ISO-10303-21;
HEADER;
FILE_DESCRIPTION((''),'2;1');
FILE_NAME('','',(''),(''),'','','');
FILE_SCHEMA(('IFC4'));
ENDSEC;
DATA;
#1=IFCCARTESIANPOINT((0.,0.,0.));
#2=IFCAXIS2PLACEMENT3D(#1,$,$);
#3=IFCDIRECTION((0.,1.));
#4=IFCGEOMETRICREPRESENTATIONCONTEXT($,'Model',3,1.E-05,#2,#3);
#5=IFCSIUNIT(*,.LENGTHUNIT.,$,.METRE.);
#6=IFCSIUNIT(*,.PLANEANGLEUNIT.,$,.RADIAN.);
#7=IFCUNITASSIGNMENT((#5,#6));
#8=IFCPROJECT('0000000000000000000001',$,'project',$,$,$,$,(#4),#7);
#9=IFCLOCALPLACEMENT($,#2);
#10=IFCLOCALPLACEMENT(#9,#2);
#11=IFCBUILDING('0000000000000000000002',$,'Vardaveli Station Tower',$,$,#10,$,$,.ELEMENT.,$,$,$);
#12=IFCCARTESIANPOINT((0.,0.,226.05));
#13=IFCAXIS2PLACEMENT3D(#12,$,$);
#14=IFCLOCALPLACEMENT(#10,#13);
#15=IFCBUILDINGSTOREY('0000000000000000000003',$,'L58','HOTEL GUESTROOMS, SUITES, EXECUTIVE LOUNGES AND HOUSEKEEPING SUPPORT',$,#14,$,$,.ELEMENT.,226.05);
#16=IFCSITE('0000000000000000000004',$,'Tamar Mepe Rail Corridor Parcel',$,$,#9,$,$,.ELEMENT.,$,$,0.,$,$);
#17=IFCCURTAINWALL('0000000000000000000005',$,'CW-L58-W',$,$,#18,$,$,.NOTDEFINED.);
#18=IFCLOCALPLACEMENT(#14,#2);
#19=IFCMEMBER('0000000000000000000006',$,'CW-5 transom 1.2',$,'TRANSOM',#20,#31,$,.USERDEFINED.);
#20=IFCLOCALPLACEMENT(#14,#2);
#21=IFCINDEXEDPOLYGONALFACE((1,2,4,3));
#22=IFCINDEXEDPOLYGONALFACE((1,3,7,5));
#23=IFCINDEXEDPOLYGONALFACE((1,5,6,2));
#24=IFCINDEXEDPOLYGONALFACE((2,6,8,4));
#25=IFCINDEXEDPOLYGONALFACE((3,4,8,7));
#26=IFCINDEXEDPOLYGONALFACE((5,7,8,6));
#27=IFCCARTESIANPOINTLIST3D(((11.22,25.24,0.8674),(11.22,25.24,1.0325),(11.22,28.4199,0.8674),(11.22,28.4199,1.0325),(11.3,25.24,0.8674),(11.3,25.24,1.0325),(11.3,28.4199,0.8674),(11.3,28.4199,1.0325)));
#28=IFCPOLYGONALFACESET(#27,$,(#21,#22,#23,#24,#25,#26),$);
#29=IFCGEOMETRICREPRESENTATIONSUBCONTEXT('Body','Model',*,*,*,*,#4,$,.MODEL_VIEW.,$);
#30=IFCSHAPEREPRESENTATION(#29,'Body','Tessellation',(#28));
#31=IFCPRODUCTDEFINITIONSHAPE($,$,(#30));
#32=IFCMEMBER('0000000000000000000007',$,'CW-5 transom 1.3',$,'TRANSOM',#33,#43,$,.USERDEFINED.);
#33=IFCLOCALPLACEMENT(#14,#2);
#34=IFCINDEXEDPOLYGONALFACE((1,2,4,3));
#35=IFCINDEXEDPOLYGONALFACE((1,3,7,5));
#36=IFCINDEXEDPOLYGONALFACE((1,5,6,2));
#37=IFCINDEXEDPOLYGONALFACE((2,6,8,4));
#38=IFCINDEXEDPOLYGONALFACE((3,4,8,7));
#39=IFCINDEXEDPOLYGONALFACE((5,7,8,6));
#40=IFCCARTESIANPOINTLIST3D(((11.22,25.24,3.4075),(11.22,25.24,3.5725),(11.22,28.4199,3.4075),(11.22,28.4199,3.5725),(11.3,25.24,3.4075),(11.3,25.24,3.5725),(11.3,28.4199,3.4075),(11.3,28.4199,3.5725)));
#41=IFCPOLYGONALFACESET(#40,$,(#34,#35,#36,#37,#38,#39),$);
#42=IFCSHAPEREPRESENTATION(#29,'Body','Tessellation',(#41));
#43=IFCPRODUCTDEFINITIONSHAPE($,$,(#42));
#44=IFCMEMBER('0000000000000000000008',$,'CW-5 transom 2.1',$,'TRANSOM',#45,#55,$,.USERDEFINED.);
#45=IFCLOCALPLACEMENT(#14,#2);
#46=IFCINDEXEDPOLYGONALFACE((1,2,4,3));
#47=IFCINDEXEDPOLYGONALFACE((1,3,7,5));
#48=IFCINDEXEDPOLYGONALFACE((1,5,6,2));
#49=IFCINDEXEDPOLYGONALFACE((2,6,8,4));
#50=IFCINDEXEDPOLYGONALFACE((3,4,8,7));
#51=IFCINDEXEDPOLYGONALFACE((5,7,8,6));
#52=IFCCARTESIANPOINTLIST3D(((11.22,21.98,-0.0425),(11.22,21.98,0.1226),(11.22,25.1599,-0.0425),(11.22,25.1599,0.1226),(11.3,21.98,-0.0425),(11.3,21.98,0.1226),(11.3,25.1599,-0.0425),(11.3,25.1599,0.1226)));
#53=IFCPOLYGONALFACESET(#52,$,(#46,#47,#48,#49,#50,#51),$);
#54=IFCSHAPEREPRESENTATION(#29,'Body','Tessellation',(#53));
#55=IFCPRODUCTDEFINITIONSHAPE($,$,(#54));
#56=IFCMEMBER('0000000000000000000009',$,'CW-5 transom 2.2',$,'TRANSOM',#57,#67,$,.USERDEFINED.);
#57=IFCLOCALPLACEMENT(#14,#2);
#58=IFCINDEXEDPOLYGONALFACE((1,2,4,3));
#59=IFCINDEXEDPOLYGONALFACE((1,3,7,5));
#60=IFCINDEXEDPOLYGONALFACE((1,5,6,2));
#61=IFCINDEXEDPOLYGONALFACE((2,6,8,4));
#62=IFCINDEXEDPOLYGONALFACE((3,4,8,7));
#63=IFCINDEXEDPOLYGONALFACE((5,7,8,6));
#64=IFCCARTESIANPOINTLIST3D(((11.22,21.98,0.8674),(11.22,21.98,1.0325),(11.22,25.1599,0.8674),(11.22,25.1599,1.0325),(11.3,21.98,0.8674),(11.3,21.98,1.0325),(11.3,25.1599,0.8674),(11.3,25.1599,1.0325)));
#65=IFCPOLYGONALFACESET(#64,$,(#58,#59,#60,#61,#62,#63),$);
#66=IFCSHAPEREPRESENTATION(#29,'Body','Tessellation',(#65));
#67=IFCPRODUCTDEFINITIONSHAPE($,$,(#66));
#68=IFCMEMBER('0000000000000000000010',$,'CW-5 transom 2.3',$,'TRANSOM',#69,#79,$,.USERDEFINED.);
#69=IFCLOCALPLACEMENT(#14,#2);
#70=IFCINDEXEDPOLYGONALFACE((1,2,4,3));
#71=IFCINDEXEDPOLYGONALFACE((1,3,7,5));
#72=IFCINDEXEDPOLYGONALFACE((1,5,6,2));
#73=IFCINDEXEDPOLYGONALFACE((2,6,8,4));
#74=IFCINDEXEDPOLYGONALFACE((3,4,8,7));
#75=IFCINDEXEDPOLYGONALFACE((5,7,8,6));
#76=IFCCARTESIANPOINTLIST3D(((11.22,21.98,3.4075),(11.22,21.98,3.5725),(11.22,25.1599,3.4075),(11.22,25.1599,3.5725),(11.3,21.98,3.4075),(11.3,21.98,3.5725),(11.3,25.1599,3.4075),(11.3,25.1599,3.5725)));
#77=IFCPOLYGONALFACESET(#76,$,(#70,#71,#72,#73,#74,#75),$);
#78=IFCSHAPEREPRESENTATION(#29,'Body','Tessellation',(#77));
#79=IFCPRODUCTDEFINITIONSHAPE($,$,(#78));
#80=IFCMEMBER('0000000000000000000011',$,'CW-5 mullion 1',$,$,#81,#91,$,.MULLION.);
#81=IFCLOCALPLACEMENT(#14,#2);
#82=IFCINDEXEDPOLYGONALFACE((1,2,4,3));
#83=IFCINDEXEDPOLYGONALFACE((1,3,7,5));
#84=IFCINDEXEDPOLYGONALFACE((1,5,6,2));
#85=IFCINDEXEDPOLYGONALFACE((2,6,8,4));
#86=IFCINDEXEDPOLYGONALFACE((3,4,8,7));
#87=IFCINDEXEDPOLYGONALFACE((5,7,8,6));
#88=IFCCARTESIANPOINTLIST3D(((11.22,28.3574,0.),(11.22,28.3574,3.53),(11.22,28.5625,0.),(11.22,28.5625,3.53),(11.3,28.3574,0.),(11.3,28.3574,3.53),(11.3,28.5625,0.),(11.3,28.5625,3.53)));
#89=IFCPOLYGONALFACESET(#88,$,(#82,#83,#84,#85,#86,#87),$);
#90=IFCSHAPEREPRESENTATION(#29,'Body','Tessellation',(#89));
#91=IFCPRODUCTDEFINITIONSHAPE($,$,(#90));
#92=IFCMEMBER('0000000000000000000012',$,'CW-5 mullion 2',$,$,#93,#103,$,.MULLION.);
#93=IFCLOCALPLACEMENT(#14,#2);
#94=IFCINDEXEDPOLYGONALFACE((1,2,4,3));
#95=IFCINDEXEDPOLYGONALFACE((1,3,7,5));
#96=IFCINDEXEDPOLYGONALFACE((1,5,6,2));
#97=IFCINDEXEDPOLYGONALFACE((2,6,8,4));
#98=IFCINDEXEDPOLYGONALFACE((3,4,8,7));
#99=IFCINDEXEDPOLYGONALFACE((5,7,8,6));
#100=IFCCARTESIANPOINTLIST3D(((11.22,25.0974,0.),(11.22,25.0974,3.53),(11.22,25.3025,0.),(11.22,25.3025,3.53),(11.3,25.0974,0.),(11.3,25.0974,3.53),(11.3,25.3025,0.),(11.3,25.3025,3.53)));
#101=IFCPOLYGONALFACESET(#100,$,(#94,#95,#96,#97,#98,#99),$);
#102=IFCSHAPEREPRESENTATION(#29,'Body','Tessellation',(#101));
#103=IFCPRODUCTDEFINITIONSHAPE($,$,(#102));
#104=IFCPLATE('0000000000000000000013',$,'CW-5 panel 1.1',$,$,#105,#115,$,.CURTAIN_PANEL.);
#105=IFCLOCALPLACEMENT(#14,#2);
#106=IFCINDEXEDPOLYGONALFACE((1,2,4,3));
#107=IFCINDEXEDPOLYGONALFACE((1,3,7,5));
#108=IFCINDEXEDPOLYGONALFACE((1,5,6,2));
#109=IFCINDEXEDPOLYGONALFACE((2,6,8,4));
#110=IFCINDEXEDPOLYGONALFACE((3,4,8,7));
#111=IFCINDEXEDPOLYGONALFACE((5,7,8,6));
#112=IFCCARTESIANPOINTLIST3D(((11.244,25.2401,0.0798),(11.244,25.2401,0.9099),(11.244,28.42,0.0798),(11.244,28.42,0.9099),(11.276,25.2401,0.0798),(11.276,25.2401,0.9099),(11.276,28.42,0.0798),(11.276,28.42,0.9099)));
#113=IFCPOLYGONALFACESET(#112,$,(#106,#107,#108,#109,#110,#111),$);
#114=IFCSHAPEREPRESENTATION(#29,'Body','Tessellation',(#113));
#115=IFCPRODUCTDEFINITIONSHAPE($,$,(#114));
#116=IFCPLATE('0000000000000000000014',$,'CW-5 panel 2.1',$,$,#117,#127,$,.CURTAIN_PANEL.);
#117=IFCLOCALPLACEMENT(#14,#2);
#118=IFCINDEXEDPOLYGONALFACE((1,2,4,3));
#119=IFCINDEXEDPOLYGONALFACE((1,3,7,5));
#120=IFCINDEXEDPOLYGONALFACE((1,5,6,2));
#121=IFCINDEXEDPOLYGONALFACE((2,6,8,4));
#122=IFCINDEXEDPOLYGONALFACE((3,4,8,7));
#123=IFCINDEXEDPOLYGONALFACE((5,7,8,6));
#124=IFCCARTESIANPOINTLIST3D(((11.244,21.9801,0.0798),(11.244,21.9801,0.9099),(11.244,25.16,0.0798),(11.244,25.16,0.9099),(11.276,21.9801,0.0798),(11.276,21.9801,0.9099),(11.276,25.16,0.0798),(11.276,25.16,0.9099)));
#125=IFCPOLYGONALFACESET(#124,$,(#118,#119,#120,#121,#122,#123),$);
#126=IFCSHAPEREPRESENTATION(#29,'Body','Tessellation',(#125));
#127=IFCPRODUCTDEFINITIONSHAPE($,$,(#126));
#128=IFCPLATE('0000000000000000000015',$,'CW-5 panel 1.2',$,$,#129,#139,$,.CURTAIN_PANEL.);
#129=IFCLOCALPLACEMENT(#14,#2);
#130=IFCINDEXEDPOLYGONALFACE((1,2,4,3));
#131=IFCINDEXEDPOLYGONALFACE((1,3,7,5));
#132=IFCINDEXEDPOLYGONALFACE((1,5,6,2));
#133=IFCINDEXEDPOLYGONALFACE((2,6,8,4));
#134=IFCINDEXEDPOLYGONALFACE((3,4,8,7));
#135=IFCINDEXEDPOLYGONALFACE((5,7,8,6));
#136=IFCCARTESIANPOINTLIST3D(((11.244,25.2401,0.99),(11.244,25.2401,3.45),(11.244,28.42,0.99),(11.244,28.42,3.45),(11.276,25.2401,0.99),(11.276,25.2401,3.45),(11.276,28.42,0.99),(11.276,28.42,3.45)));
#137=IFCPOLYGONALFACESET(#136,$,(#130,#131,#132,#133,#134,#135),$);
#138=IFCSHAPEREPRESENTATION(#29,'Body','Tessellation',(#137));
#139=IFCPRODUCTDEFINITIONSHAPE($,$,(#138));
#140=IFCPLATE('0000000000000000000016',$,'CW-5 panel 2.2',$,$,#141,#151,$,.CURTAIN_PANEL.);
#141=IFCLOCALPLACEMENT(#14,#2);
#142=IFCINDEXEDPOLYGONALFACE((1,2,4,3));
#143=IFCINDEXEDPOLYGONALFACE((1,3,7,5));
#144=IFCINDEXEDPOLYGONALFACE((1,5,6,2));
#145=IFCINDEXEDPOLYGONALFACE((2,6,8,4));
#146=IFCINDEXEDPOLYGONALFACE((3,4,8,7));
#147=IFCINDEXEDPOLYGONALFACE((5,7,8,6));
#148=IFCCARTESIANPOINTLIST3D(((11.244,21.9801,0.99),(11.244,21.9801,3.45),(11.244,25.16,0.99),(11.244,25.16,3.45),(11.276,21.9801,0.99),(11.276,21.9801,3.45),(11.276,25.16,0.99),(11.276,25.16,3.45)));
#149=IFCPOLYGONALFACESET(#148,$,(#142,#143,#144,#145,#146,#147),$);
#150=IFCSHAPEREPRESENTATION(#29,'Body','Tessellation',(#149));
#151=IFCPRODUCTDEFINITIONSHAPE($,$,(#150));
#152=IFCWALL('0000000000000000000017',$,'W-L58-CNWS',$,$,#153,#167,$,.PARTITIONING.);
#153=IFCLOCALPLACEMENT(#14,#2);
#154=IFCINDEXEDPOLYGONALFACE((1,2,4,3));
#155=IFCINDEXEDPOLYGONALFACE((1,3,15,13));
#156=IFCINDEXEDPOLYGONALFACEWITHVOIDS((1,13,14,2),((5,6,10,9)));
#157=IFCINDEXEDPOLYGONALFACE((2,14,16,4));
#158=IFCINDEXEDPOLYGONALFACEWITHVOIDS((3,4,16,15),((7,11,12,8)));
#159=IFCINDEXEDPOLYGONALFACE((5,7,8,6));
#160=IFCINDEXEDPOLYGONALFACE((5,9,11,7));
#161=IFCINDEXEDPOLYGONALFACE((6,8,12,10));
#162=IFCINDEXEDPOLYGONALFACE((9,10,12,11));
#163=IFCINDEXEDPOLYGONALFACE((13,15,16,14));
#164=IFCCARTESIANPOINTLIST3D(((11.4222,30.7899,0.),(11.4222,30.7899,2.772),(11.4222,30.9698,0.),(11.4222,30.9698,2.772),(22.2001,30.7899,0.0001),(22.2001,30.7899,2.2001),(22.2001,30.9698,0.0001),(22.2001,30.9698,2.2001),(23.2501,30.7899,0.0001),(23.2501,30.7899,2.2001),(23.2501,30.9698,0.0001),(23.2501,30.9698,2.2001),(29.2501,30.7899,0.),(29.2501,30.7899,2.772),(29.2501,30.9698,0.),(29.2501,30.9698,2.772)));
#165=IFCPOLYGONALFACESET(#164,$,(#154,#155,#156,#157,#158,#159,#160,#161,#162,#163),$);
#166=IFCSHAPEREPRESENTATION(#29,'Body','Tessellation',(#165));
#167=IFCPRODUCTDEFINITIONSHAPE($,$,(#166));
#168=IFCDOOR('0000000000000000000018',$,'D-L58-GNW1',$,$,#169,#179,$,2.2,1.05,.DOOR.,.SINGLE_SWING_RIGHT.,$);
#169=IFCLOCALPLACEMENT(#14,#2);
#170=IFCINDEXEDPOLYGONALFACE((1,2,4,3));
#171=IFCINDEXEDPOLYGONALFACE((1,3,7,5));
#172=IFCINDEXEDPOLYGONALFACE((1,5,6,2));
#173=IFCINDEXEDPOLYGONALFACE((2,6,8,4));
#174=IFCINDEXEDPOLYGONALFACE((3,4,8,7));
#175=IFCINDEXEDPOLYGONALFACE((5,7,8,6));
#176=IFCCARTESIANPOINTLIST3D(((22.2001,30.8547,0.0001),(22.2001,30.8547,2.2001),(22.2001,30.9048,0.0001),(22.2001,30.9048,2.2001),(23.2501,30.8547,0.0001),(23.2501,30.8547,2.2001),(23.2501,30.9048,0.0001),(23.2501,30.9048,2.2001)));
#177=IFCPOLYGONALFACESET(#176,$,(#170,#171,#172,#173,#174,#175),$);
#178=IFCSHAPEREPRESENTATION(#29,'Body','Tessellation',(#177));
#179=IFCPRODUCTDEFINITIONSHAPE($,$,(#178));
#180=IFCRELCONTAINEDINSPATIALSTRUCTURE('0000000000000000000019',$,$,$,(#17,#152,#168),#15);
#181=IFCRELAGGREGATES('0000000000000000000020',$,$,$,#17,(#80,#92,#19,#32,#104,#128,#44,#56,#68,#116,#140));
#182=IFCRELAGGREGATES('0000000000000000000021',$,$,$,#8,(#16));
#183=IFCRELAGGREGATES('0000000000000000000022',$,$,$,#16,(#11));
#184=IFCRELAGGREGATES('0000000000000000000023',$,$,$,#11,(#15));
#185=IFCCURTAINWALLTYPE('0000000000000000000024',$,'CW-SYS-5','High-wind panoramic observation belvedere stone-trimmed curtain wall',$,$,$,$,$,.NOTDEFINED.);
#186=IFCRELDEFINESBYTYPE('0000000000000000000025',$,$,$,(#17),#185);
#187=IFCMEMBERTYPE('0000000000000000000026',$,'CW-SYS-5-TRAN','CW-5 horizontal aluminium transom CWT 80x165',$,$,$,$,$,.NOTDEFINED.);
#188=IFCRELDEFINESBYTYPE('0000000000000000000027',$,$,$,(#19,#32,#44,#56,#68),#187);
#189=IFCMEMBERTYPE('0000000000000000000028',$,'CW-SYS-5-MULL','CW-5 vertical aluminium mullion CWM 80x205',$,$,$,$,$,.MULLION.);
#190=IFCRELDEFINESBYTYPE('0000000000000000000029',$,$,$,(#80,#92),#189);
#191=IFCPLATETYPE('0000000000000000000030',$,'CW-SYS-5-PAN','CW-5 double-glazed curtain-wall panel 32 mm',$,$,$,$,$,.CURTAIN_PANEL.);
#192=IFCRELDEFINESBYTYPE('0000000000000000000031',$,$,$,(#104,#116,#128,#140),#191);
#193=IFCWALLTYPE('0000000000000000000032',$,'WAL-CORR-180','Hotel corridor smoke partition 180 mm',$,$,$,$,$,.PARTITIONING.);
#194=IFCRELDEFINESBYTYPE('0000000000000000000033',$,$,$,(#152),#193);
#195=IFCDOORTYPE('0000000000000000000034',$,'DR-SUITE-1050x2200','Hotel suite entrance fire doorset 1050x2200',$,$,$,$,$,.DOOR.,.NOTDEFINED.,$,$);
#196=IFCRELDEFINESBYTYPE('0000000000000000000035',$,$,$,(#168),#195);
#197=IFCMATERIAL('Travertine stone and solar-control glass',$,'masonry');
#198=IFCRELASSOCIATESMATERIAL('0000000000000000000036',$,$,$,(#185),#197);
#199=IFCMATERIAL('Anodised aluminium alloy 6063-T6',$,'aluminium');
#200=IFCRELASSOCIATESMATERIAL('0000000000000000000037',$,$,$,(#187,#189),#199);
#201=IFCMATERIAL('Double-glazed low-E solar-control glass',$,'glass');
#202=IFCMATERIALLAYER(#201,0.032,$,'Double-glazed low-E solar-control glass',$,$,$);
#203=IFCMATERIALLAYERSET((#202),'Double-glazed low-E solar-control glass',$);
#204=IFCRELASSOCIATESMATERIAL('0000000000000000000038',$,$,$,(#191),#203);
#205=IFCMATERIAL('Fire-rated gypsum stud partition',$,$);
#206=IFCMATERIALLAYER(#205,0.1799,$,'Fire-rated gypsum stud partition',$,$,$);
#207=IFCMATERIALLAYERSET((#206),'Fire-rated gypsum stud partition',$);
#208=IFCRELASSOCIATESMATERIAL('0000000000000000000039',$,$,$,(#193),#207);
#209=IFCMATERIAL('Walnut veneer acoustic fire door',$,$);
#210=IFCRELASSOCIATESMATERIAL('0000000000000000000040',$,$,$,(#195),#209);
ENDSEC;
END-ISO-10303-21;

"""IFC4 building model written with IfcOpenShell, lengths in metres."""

from ifc_helpers import new_model, si_unit, direction, frame, frame_2d, origin, origin_2d, place, context, subcontext, project, spatial, rectangle, extrude, source, transform, mapped, material, layer, layer_set, material_profile, profile_set, type_object, element, fill, aggregate, save


model = new_model("IFC4")

# Units and contexts
model_context = context("Model", 3, precision=1e-05, world=origin(), true_north=direction((0.0, 1.0)))
body_context = subcontext(model_context, "Body", "Model", "MODEL_VIEW")
ifc_project = project(units=[si_unit("LENGTHUNIT", "METRE"), si_unit("PLANEANGLEUNIT", "RADIAN")], contexts=[model_context])

# Site, building, storey
site_placement = place(None, origin())
site = spatial("IfcSite", under=ifc_project, at=site_placement, Name="Tamar Mepe Rail Corridor Parcel", CompositionType="ELEMENT", RefElevation=0.0)
building_placement = place(site_placement, origin())
building = spatial("IfcBuilding", under=site, at=building_placement, Name="Vardaveli Station Tower", CompositionType="ELEMENT")
storey_placement = place(building_placement, frame((0.0, 0.0, 226.05)))
storey = spatial("IfcBuildingStorey", under=building, at=storey_placement, Name="L58", Description="HOTEL GUESTROOMS, SUITES, EXECUTIVE LOUNGES AND HOUSEKEEPING SUPPORT", CompositionType="ELEMENT", Elevation=226.05)

# Curtain wall, members, plates
ifc_material_1 = material(Name="Travertine stone and solar-control glass", Category="masonry")
curtain_wall_type = type_object("IfcCurtainWallType", Name="CW-SYS-5", Description="High-wind panoramic observation belvedere stone-trimmed curtain wall", PredefinedType="NOTDEFINED", material=ifc_material_1)
curtain_wall_placement = place(storey_placement, origin())
curtain_wall = element("IfcCurtainWall", 1, at=curtain_wall_placement, inside=storey, type_object=curtain_wall_type, Name="CW-L58-W", PredefinedType="NOTDEFINED")
ifc_material_2 = material(Name="Anodised aluminium alloy 6063-T6", Category="aluminium")
ifc_material_profile_1 = material_profile(ifc_material_2, rectangle(XDim=0.0801, YDim=0.165, at=origin_2d()), Name="CWT 80x165")
ifc_profile_set_1 = profile_set([ifc_material_profile_1], Name="Anodised aluminium alloy 6063-T6")
member_type_1 = type_object("IfcMemberType", Name="CW-SYS-5-TRAN", Description="CW-5 horizontal aluminium transom CWT 80x165", PredefinedType="NOTDEFINED", material=ifc_profile_set_1)
shared_shape_1 = source(origin(), body_context, "Body", "SweptSolid", [
    extrude(rectangle(XDim=0.0801, YDim=0.165, at=origin_2d()), origin(), (0.0, 0.0, 1.0), 3.1799),
])
member_1_placement = place(storey_placement, frame((11.26, 28.4199, 0.95), z_axis=(0.0, -1.0, 0.0), x_axis=(1.0, 0.0, 0.0)))
member_1 = element("IfcMember", 2, at=member_1_placement, type_object=member_type_1, Name="CW-5 transom 1.2", ObjectType="TRANSOM", PredefinedType="USERDEFINED", context=body_context, shape_type="MappedRepresentation", body=[
    mapped(shared_shape_1, transform((0.0, 0.0, 0.0), scale=1.0)),
])
member_2_placement = place(storey_placement, frame((11.26, 28.4199, 3.49), z_axis=(0.0, -1.0, 0.0), x_axis=(1.0, 0.0, 0.0)))
member_2 = element("IfcMember", 3, at=member_2_placement, type_object=member_type_1, Name="CW-5 transom 1.3", ObjectType="TRANSOM", PredefinedType="USERDEFINED", context=body_context, shape_type="MappedRepresentation", body=[
    mapped(shared_shape_1, transform((0.0, 0.0, 0.0), scale=1.0)),
])
member_3_placement = place(storey_placement, frame((11.26, 25.1599, 0.04), z_axis=(0.0, -1.0, 0.0), x_axis=(1.0, 0.0, 0.0)))
member_3 = element("IfcMember", 4, at=member_3_placement, type_object=member_type_1, Name="CW-5 transom 2.1", ObjectType="TRANSOM", PredefinedType="USERDEFINED", context=body_context, shape_type="MappedRepresentation", body=[
    mapped(shared_shape_1, transform((0.0, 0.0, 0.0), scale=1.0)),
])
member_4_placement = place(storey_placement, frame((11.26, 25.1599, 0.95), z_axis=(0.0, -1.0, 0.0), x_axis=(1.0, 0.0, 0.0)))
member_4 = element("IfcMember", 5, at=member_4_placement, type_object=member_type_1, Name="CW-5 transom 2.2", ObjectType="TRANSOM", PredefinedType="USERDEFINED", context=body_context, shape_type="MappedRepresentation", body=[
    mapped(shared_shape_1, transform((0.0, 0.0, 0.0), scale=1.0)),
])
member_5_placement = place(storey_placement, frame((11.26, 25.1599, 3.49), z_axis=(0.0, -1.0, 0.0), x_axis=(1.0, 0.0, 0.0)))
member_5 = element("IfcMember", 6, at=member_5_placement, type_object=member_type_1, Name="CW-5 transom 2.3", ObjectType="TRANSOM", PredefinedType="USERDEFINED", context=body_context, shape_type="MappedRepresentation", body=[
    mapped(shared_shape_1, transform((0.0, 0.0, 0.0), scale=1.0)),
])
ifc_material_profile_2 = material_profile(ifc_material_2, rectangle(XDim=0.0801, YDim=0.2051, at=origin_2d()), Name="CWM 80x205")
ifc_profile_set_2 = profile_set([ifc_material_profile_2], Name="Anodised aluminium alloy 6063-T6")
member_type_2 = type_object("IfcMemberType", Name="CW-SYS-5-MULL", Description="CW-5 vertical aluminium mullion CWM 80x205", PredefinedType="MULLION", material=ifc_profile_set_2)
shared_shape_2 = source(origin(), body_context, "Body", "SweptSolid", [
    extrude(rectangle(XDim=0.0801, YDim=0.2051, at=origin_2d()), origin(), (0.0, 0.0, 1.0), 3.53),
])
member_6_placement = place(storey_placement, frame((11.26, 28.46, 0.0), z_axis=(0.0, 0.0, 1.0), x_axis=(1.0, 0.0, 0.0)))
member_6 = element("IfcMember", 7, at=member_6_placement, type_object=member_type_2, Name="CW-5 mullion 1", PredefinedType="MULLION", context=body_context, shape_type="MappedRepresentation", body=[
    mapped(shared_shape_2, transform((0.0, 0.0, 0.0), scale=1.0)),
])
member_7_placement = place(storey_placement, frame((11.26, 25.2, 0.0), z_axis=(0.0, 0.0, 1.0), x_axis=(1.0, 0.0, 0.0)))
member_7 = element("IfcMember", 8, at=member_7_placement, type_object=member_type_2, Name="CW-5 mullion 2", PredefinedType="MULLION", context=body_context, shape_type="MappedRepresentation", body=[
    mapped(shared_shape_2, transform((0.0, 0.0, 0.0), scale=1.0)),
])
ifc_material_3 = material(Name="Double-glazed low-E solar-control glass", Category="glass")
ifc_layer_1 = layer(ifc_material_3, 0.032, Name="Double-glazed low-E solar-control glass")
ifc_layer_set_1 = layer_set([ifc_layer_1], Name="Double-glazed low-E solar-control glass")
plate_type = type_object("IfcPlateType", Name="CW-SYS-5-PAN", Description="CW-5 double-glazed curtain-wall panel 32 mm", PredefinedType="CURTAIN_PANEL", material=ifc_layer_set_1)
shared_shape_3 = source(origin(), body_context, "Body", "SweptSolid", [
    extrude(rectangle(XDim=3.1799, YDim=0.032, at=origin_2d()), origin(), (0.0, 0.0, 1.0), 0.8301),
])
plate_1_placement = place(storey_placement, frame((11.26, 26.8301, 0.0798), z_axis=(0.0, 0.0, 1.0), x_axis=(0.0, -1.0, 0.0)))
plate_1 = element("IfcPlate", 9, at=plate_1_placement, type_object=plate_type, Name="CW-5 panel 1.1", PredefinedType="CURTAIN_PANEL", context=body_context, shape_type="MappedRepresentation", body=[
    mapped(shared_shape_3, transform((0.0, 0.0, 0.0), scale=1.0)),
])
plate_2_placement = place(storey_placement, frame((11.26, 23.5701, 0.0798), z_axis=(0.0, 0.0, 1.0), x_axis=(0.0, -1.0, 0.0)))
plate_2 = element("IfcPlate", 10, at=plate_2_placement, type_object=plate_type, Name="CW-5 panel 2.1", PredefinedType="CURTAIN_PANEL", context=body_context, shape_type="MappedRepresentation", body=[
    mapped(shared_shape_3, transform((0.0, 0.0, 0.0), scale=1.0)),
])
shared_shape_4 = source(origin(), body_context, "Body", "SweptSolid", [
    extrude(rectangle(XDim=3.1799, YDim=0.032, at=origin_2d()), origin(), (0.0, 0.0, 1.0), 2.46),
])
plate_3_placement = place(storey_placement, frame((11.26, 26.8301, 0.99), z_axis=(0.0, 0.0, 1.0), x_axis=(0.0, -1.0, 0.0)))
plate_3 = element("IfcPlate", 11, at=plate_3_placement, type_object=plate_type, Name="CW-5 panel 1.2", PredefinedType="CURTAIN_PANEL", context=body_context, shape_type="MappedRepresentation", body=[
    mapped(shared_shape_4, transform((0.0, 0.0, 0.0), scale=1.0)),
])
plate_4_placement = place(storey_placement, frame((11.26, 23.5701, 0.99), z_axis=(0.0, 0.0, 1.0), x_axis=(0.0, -1.0, 0.0)))
plate_4 = element("IfcPlate", 12, at=plate_4_placement, type_object=plate_type, Name="CW-5 panel 2.2", PredefinedType="CURTAIN_PANEL", context=body_context, shape_type="MappedRepresentation", body=[
    mapped(shared_shape_4, transform((0.0, 0.0, 0.0), scale=1.0)),
])
aggregate(curtain_wall, [member_6, member_7, member_1, member_2, plate_1, plate_3, member_3, member_4, member_5, plate_2, plate_4])

# Wall, opening, door
ifc_material_4 = material(Name="Fire-rated gypsum stud partition")
ifc_layer_2 = layer(ifc_material_4, 0.1799, Name="Fire-rated gypsum stud partition")
ifc_layer_set_2 = layer_set([ifc_layer_2], Name="Fire-rated gypsum stud partition")
wall_type = type_object("IfcWallType", Name="WAL-CORR-180", Description="Hotel corridor smoke partition 180 mm", PredefinedType="PARTITIONING", material=ifc_layer_set_2)
shared_shape_5 = source(origin(), body_context, "Body", "SweptSolid", [
    extrude(rectangle(XDim=17.8279, YDim=0.1799, at=frame_2d((8.9141, 0.0))), origin(), (0.0, 0.0, 1.0), 2.772),
])
wall_1_placement = place(storey_placement, frame((11.4221, 30.8799, 0.0), z_axis=(0.0, 0.0, 1.0), x_axis=(1.0, 0.0, 0.0)))
wall_1 = element("IfcWall", 13, at=wall_1_placement, inside=storey, type_object=wall_type, Name="W-L58-CNWS", PredefinedType="PARTITIONING", context=body_context, shape_type="MappedRepresentation", body=[
    mapped(shared_shape_5, transform((0.0, 0.0, 0.0), scale=1.0)),
])
shared_shape_6 = source(origin(), body_context, "Body", "SweptSolid", [
    extrude(rectangle(XDim=1.05, YDim=2.2, at=frame_2d((0.5249, 1.1001))), frame((0.0, 0.1001, 0.0), z_axis=(0.0, -1.0, 0.0), x_axis=(1.0, 0.0, 0.0)), (0.0, 0.0, 1.0), 0.2),
])
opening_placement = place(wall_1_placement, frame((10.7781, 0.0, 0.0)))
opening = element("IfcOpeningElement", 14, at=opening_placement, cuts=wall_1, PredefinedType="OPENING", context=body_context, shape_type="MappedRepresentation", body=[
    mapped(shared_shape_6, transform((0.0, 0.0, 0.0), scale=1.0)),
])
ifc_material_5 = material(Name="Walnut veneer acoustic fire door")
door_type = type_object("IfcDoorType", Name="DR-SUITE-1050x2200", Description="Hotel suite entrance fire doorset 1050x2200", OperationType="NOTDEFINED", PredefinedType="DOOR", material=ifc_material_5)
shared_shape_7 = source(origin(), body_context, "Body", "SweptSolid", [
    extrude(rectangle(XDim=1.05, YDim=2.2, at=frame_2d((0.5249, 1.1001))), frame((0.0, 0.0249, 0.0), z_axis=(0.0, -1.0, 0.0), x_axis=(1.0, 0.0, 0.0)), (0.0, 0.0, 1.0), 0.05),
])
door_placement = place(opening_placement, origin())
door = element("IfcDoor", 15, at=door_placement, inside=storey, type_object=door_type, Name="D-L58-GNW1", OperationType="SINGLE_SWING_RIGHT", OverallHeight=2.2, OverallWidth=1.05, PredefinedType="DOOR", context=body_context, shape_type="MappedRepresentation", body=[
    mapped(shared_shape_7, transform((0.0, 0.0, 0.0), scale=1.0)),
])
fill(opening, door)

save(model, "model.ifc")
